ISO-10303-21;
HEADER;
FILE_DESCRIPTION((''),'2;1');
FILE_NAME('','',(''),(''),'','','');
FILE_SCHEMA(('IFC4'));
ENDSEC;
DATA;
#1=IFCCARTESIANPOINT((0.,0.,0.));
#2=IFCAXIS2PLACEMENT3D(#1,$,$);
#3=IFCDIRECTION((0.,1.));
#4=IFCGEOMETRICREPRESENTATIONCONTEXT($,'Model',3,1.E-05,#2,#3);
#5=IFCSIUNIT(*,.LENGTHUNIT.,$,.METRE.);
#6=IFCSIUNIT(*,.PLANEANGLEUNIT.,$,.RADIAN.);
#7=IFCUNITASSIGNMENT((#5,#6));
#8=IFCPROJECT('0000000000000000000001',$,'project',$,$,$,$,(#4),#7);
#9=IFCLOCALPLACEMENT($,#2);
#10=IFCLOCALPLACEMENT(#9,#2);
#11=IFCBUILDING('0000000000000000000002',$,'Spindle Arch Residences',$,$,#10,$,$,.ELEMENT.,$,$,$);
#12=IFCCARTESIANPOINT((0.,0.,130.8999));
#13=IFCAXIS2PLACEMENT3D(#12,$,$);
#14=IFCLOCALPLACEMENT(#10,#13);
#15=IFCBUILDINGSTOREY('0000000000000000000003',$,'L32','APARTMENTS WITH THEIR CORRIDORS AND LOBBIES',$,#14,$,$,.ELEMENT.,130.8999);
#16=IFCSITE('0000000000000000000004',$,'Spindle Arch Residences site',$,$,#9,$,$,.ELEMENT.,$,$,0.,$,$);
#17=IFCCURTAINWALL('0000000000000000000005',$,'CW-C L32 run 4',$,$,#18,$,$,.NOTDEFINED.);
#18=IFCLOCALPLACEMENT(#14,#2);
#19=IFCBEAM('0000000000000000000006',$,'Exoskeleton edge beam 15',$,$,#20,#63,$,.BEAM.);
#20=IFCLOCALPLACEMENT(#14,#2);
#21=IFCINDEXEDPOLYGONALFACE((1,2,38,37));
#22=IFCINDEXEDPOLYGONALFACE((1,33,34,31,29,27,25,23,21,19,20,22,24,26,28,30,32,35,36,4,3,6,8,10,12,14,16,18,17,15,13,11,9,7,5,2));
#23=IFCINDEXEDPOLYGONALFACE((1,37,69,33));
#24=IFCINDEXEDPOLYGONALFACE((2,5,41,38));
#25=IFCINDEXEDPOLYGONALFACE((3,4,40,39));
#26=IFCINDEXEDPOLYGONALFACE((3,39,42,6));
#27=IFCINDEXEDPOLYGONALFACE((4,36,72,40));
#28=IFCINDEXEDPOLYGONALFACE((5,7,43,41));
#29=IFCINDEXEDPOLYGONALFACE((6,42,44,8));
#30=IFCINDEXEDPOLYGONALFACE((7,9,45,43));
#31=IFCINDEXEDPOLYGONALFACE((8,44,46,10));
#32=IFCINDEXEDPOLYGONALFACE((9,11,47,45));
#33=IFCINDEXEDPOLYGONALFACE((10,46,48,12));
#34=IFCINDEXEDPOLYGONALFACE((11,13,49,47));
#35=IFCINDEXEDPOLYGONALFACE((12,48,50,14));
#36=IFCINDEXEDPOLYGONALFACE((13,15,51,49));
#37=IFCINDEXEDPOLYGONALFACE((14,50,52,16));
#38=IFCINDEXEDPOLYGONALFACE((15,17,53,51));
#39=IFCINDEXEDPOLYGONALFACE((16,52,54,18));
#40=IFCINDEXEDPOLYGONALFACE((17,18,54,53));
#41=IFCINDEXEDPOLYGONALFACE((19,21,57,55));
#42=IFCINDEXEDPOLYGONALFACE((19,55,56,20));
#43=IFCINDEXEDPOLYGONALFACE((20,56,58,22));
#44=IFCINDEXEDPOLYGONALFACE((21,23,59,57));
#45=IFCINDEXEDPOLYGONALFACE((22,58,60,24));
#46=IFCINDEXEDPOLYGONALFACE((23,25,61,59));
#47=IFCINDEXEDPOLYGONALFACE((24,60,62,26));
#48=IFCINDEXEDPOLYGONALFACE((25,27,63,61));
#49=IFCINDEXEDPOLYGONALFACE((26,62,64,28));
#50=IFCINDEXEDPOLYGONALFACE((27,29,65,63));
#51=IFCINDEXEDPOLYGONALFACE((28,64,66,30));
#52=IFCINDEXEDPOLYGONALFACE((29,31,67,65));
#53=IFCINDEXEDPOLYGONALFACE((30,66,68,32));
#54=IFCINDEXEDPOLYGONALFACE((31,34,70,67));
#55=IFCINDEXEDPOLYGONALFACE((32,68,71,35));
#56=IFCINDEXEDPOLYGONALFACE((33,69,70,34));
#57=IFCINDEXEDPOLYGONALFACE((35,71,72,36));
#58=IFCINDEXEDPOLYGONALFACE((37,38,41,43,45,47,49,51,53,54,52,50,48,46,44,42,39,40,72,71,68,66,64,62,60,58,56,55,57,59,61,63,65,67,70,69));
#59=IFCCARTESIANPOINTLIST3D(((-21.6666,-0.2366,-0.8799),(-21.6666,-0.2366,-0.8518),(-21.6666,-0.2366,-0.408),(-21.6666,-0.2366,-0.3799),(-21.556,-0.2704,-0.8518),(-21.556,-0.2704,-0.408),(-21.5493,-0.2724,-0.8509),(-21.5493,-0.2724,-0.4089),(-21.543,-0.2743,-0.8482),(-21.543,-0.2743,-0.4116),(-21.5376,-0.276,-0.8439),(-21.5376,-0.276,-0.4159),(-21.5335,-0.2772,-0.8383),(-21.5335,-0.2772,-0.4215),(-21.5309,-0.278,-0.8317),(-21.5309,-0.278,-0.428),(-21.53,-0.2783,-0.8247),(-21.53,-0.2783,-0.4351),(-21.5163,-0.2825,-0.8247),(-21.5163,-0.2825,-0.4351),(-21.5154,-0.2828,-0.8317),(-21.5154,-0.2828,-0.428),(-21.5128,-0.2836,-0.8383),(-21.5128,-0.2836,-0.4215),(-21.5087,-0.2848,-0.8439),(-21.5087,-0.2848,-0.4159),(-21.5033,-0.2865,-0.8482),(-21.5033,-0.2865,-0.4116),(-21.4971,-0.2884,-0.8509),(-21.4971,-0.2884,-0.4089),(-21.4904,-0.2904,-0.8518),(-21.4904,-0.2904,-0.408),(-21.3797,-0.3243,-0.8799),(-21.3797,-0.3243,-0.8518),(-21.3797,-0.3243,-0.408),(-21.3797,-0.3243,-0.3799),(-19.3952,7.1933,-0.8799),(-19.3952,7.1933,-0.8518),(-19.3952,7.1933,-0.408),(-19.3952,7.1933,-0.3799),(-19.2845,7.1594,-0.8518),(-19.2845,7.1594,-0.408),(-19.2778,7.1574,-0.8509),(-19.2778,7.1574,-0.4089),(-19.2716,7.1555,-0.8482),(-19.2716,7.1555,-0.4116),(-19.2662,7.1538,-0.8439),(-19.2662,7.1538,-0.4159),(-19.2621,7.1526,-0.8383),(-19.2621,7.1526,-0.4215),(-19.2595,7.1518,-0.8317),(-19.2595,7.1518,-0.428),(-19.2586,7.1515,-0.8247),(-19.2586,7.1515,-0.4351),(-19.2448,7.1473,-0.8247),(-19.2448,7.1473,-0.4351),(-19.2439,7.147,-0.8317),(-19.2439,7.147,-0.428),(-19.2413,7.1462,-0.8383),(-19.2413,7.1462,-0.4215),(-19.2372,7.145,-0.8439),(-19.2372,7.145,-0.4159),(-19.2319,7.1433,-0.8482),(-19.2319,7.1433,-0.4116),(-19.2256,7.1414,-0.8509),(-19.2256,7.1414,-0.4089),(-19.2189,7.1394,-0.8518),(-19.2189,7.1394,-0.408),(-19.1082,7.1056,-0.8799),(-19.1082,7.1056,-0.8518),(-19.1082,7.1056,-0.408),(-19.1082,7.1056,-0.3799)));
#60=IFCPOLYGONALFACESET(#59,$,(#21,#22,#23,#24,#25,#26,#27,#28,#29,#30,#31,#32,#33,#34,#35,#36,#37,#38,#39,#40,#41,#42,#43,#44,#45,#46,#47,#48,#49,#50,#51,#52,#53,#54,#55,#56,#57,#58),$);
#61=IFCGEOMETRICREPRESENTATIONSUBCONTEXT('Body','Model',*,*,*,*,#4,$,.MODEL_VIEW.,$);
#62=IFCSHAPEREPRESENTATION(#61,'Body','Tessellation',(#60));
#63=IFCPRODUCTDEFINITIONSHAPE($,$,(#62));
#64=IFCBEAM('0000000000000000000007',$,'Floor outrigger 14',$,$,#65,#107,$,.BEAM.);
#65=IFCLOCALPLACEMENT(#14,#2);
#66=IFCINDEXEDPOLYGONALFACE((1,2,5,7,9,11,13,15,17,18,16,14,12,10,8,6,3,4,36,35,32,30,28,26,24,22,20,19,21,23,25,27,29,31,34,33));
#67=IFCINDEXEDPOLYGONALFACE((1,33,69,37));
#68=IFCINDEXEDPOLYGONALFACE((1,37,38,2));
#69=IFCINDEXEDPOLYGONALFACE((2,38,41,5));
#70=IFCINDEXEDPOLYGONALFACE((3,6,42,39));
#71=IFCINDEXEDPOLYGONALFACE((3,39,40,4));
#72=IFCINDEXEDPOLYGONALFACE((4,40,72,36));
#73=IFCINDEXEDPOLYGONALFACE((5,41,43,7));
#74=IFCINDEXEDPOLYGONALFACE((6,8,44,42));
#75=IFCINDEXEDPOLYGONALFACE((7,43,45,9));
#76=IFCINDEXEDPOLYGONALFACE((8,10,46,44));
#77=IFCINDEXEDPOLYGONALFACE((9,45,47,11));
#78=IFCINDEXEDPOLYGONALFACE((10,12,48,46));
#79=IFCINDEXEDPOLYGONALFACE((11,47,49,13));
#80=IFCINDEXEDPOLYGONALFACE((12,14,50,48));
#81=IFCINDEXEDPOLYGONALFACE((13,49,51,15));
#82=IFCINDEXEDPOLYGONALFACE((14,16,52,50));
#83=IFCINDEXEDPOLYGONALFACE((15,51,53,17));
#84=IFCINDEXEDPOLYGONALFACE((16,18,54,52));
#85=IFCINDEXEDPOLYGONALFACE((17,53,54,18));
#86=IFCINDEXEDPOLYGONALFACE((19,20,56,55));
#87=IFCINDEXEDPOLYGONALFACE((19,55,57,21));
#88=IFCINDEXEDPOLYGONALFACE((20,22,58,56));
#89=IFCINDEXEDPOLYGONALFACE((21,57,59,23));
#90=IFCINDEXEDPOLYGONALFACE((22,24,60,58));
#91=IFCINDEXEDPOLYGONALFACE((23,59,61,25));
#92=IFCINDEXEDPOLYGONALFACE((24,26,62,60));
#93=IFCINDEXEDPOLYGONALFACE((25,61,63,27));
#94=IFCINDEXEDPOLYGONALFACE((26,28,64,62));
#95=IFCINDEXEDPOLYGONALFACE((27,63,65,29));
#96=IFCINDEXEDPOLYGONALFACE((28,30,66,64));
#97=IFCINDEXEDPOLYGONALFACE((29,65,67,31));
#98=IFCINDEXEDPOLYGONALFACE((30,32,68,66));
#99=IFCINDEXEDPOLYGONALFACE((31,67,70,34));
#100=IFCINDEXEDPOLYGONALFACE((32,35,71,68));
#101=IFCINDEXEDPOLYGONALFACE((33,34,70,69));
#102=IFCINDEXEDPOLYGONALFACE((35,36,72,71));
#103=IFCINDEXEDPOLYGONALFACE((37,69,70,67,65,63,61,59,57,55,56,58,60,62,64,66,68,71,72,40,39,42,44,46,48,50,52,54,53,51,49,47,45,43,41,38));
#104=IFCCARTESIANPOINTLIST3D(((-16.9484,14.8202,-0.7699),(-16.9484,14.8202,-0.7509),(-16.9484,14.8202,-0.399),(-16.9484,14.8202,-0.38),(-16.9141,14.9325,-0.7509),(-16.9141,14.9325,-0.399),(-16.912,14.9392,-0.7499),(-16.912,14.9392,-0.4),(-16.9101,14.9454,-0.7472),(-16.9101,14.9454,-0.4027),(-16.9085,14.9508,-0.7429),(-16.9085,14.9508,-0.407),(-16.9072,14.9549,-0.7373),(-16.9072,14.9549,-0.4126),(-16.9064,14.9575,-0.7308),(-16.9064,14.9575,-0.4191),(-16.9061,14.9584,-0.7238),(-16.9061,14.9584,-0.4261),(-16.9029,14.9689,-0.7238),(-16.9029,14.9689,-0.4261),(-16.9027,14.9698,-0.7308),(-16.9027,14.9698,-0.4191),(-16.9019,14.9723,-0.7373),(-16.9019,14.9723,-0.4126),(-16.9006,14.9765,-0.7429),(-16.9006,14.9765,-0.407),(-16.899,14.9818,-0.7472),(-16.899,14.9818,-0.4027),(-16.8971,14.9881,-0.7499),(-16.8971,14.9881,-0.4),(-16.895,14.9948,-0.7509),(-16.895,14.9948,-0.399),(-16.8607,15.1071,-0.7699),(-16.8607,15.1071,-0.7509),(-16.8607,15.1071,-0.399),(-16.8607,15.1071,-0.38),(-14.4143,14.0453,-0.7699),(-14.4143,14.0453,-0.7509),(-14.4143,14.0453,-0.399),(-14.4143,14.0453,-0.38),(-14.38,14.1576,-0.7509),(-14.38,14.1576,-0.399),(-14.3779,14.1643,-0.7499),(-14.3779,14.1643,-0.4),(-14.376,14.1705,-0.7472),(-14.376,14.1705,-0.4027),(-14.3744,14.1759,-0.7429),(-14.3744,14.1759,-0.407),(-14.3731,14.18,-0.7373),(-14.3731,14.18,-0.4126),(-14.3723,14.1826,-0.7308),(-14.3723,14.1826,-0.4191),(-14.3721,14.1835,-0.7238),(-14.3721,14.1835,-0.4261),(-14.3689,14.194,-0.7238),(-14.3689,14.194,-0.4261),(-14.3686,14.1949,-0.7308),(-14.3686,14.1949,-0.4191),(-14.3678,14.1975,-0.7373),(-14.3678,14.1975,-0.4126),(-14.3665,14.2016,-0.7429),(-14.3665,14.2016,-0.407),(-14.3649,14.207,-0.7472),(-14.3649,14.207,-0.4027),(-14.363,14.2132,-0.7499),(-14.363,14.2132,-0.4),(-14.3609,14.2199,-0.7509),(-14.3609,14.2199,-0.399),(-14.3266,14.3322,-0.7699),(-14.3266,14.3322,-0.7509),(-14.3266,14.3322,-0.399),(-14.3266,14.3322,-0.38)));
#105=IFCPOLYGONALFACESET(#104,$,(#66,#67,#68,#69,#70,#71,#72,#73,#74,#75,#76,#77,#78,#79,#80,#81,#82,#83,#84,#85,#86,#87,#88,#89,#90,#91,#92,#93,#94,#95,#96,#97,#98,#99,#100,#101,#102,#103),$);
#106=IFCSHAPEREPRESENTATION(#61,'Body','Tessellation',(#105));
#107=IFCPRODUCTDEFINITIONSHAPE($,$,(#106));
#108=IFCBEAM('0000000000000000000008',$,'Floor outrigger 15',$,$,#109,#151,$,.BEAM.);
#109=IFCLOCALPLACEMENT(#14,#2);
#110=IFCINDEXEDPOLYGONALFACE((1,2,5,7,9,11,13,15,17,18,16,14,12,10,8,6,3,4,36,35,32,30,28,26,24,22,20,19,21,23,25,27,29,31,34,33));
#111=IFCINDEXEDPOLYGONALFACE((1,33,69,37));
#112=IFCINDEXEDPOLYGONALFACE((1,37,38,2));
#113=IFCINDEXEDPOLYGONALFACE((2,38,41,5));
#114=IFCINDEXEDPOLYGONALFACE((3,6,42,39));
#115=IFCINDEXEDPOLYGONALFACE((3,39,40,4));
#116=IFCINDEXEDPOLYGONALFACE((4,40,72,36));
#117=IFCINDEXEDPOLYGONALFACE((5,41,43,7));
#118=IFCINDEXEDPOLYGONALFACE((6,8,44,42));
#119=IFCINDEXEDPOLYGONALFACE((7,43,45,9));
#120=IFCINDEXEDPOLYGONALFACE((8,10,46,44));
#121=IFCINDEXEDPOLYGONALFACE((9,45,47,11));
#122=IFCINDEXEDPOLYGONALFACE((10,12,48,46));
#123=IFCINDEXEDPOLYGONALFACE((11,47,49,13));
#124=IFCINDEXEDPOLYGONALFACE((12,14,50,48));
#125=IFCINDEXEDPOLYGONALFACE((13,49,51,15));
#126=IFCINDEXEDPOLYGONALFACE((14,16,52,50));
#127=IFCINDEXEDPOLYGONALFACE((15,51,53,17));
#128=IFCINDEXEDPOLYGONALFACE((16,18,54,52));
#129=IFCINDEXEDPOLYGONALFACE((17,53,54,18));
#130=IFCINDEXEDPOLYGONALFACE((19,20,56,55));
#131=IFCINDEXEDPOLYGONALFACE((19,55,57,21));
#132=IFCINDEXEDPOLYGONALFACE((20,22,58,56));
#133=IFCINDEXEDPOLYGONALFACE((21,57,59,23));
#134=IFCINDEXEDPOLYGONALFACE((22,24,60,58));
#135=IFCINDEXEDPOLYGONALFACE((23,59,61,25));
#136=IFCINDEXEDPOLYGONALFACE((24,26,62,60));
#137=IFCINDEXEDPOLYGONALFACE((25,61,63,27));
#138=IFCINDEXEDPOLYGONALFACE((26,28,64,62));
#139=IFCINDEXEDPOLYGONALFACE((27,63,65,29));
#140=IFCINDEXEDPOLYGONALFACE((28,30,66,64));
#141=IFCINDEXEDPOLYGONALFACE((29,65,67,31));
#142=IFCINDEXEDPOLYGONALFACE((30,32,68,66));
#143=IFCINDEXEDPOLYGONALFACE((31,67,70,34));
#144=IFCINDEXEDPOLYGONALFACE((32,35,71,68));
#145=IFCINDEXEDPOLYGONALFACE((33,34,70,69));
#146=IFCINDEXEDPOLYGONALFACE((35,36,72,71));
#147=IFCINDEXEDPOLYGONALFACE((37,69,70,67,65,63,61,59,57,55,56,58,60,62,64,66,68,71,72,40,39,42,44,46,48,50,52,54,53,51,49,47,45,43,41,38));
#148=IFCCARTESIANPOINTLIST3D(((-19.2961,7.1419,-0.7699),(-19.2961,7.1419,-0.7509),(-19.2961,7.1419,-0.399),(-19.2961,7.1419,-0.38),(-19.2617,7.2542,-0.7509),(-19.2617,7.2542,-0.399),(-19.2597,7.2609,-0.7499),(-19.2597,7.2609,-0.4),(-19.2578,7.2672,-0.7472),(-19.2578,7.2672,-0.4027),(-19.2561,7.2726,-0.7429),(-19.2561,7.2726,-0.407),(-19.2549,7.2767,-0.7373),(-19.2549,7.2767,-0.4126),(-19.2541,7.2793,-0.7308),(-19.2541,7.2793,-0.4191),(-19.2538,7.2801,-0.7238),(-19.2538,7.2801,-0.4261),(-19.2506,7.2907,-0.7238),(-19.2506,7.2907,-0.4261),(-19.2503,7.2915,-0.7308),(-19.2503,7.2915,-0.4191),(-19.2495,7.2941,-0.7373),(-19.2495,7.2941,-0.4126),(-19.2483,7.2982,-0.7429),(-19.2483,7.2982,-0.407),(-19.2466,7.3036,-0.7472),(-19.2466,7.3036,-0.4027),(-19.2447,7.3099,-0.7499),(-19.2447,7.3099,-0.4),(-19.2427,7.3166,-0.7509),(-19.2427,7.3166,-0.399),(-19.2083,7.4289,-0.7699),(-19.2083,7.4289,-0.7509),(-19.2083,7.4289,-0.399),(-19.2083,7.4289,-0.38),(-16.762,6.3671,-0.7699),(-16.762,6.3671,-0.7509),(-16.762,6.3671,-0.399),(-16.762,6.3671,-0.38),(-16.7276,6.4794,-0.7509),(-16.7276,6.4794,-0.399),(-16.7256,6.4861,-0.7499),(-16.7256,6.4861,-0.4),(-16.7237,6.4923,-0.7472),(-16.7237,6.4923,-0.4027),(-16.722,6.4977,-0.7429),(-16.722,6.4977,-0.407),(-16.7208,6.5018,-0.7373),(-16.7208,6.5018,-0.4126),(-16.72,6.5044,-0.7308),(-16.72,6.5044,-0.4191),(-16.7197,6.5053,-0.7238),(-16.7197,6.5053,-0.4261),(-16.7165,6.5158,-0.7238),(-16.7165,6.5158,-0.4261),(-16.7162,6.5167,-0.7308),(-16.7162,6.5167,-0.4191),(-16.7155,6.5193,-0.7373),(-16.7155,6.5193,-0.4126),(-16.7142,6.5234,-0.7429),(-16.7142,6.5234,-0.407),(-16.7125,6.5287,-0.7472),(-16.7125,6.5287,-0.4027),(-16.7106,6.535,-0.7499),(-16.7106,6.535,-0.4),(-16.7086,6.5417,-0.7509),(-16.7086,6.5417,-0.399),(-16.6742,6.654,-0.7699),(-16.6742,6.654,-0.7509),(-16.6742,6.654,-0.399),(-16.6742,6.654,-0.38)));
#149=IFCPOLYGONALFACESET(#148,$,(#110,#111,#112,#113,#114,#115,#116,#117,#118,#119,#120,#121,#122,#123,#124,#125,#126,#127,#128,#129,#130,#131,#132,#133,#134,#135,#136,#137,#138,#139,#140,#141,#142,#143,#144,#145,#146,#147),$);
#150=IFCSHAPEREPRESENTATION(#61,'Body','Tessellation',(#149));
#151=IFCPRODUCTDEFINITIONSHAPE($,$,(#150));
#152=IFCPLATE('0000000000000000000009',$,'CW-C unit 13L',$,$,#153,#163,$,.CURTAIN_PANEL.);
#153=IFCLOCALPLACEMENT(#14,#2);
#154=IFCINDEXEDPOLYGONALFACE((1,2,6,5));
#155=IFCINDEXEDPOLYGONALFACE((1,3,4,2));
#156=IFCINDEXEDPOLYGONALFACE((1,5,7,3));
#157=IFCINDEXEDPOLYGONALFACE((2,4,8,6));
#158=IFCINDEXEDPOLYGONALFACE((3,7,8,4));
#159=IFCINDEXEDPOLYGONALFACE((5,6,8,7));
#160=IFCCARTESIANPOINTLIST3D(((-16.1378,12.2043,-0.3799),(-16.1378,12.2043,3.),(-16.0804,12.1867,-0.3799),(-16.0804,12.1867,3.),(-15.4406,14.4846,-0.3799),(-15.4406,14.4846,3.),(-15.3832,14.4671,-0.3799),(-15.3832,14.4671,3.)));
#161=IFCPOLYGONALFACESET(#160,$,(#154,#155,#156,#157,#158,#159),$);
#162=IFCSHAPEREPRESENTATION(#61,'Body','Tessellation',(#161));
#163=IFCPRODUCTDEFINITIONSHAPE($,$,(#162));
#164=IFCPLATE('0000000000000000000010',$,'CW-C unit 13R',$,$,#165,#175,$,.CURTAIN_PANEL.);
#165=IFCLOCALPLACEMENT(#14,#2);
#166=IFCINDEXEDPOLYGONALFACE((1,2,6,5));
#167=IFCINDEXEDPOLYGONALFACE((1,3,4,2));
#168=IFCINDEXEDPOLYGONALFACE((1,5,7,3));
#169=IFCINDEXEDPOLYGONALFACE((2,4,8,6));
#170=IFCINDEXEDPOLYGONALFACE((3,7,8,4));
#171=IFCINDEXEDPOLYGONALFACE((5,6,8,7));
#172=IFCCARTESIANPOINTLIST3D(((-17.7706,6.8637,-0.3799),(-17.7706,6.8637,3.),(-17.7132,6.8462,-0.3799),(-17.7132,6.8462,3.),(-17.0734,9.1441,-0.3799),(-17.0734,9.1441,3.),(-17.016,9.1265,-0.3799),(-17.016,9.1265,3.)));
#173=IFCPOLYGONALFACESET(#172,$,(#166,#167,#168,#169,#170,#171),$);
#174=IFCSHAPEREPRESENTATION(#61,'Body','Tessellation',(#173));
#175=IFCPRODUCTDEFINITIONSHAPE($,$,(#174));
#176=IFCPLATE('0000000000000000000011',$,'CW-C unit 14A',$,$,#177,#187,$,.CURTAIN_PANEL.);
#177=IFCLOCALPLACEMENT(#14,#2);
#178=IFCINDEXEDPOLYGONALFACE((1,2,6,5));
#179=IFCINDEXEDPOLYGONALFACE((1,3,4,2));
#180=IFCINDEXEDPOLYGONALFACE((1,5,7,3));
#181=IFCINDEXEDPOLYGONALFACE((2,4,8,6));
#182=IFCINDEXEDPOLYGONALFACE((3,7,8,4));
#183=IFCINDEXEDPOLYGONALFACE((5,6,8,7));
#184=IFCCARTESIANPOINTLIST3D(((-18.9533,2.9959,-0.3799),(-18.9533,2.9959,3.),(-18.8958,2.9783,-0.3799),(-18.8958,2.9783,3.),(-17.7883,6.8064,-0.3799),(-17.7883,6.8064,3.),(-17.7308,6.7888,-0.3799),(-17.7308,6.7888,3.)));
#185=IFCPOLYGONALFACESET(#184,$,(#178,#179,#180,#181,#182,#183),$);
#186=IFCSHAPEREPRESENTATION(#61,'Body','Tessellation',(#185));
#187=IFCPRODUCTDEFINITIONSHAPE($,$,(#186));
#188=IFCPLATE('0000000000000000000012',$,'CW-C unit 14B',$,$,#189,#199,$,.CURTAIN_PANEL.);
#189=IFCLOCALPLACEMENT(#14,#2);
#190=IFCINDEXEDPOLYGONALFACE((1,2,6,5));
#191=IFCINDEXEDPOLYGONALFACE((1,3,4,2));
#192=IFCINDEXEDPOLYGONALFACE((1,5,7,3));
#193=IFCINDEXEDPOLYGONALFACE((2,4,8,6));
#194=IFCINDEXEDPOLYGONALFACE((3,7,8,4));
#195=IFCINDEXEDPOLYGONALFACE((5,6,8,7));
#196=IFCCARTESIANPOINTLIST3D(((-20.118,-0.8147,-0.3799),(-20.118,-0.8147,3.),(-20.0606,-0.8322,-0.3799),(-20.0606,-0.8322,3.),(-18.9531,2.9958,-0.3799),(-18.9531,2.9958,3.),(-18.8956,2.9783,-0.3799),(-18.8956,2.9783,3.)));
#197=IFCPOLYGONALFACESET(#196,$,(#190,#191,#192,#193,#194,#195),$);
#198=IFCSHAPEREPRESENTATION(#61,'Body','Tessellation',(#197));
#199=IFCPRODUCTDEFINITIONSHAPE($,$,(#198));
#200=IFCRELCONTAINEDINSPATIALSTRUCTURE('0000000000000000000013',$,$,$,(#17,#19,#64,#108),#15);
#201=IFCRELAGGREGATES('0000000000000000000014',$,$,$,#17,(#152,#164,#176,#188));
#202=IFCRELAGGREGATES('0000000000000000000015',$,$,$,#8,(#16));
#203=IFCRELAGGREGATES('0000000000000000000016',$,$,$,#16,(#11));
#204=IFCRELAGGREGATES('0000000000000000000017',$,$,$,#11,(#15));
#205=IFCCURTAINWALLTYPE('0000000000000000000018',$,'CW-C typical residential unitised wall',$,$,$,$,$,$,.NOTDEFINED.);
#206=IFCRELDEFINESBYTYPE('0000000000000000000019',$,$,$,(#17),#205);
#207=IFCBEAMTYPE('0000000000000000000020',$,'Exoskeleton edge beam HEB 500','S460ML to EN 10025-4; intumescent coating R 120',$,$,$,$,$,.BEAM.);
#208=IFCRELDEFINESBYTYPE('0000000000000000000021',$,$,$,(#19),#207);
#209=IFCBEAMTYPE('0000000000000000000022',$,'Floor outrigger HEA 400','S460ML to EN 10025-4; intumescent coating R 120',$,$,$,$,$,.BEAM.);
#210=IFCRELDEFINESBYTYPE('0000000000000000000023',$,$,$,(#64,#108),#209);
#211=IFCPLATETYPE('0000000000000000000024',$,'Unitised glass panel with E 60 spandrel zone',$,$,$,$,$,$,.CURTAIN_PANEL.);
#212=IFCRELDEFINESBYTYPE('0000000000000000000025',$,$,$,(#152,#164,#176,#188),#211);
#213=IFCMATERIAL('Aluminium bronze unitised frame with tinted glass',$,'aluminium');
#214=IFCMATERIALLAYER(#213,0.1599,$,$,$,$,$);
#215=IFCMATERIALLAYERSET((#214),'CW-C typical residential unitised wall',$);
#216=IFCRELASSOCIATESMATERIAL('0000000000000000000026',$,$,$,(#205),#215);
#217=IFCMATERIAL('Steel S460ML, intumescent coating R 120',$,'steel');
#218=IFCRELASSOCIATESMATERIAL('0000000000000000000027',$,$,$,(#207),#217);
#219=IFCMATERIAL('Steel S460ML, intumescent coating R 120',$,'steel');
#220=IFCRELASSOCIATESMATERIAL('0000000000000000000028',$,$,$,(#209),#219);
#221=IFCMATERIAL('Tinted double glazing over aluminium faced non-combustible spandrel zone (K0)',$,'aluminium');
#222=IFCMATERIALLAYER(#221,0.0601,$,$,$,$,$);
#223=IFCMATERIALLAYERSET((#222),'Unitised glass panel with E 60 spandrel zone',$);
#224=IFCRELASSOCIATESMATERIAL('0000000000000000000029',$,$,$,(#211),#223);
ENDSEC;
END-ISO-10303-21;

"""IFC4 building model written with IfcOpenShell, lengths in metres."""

from ifc_helpers import new_model, si_unit, direction, frame, origin, origin_2d, place, context, subcontext, project, spatial, rectangle, i_section, extrude, material, layer, layer_set, material_profile, profile_set, type_object, element, aggregate, save


model = new_model("IFC4")

# Units and contexts
model_context = context("Model", 3, precision=1e-05, world=origin(), true_north=direction((0.0, 1.0)))
body_context = subcontext(model_context, "Body", "Model", "MODEL_VIEW")
ifc_project = project(units=[si_unit("LENGTHUNIT", "METRE"), si_unit("PLANEANGLEUNIT", "RADIAN")], contexts=[model_context])

# Site, building, storey
site_placement = place(None, origin())
site = spatial("IfcSite", under=ifc_project, at=site_placement, Name="Spindle Arch Residences site", CompositionType="ELEMENT", RefElevation=0.0)
building_placement = place(site_placement, origin())
building = spatial("IfcBuilding", under=site, at=building_placement, Name="Spindle Arch Residences", CompositionType="ELEMENT")
storey_placement = place(building_placement, frame((0.0, 0.0, 130.8999)))
storey = spatial("IfcBuildingStorey", under=building, at=storey_placement, Name="L32", Description="APARTMENTS WITH THEIR CORRIDORS AND LOBBIES", CompositionType="ELEMENT", Elevation=130.8999)

# Curtain wall
ifc_material_1 = material(Name="Aluminium bronze unitised frame with tinted glass", Category="aluminium")
ifc_layer_1 = layer(ifc_material_1, 0.1599)
ifc_layer_set_1 = layer_set([ifc_layer_1], Name="CW-C typical residential unitised wall")
curtain_wall_type = type_object("IfcCurtainWallType", Name="CW-C typical residential unitised wall", PredefinedType="NOTDEFINED", material=ifc_layer_set_1)
curtain_wall_placement = place(storey_placement, origin())
curtain_wall = element("IfcCurtainWall", 1, at=curtain_wall_placement, inside=storey, type_object=curtain_wall_type, Name="CW-C L32 run 4", PredefinedType="NOTDEFINED")

# Beams
ifc_material_2 = material(Name="Steel S460ML, intumescent coating R 120", Category="steel")
ifc_material_profile_1 = material_profile(ifc_material_2, i_section(OverallWidth=0.3, OverallDepth=0.5, WebThickness=0.0144, FlangeThickness=0.0281, FilletRadius=0.0271, at=origin_2d()), Name="HEB 500")
ifc_profile_set_1 = profile_set([ifc_material_profile_1], Name="Steel S460ML, intumescent coating R 120")
beam_type_1 = type_object("IfcBeamType", Name="Exoskeleton edge beam HEB 500", Description="S460ML to EN 10025-4; intumescent coating R 120", PredefinedType="BEAM", material=ifc_profile_set_1)
beam_1_placement = place(storey_placement, frame((-19.2517, 7.1494, -0.6299), z_axis=(-0.292363, -0.956307, 0.0), x_axis=(0.956307, -0.292363, 0.0)))
element("IfcBeam", 2, at=beam_1_placement, inside=storey, type_object=beam_type_1, Name="Exoskeleton edge beam 15", PredefinedType="BEAM", context=body_context, shape_type="SweptSolid", body=[
    extrude(i_section(OverallWidth=0.3, OverallDepth=0.5, WebThickness=0.0144, FlangeThickness=0.0281, FilletRadius=0.0271, at=origin_2d()), origin(), (0.0, 0.0, 1.0), 7.7693),
])
ifc_material_3 = material(Name="Steel S460ML, intumescent coating R 120", Category="steel")
ifc_material_profile_2 = material_profile(ifc_material_3, i_section(OverallWidth=0.3, OverallDepth=0.3899, WebThickness=0.011, FlangeThickness=0.019, FilletRadius=0.0271, at=origin_2d()), Name="HEA 400")
ifc_profile_set_2 = profile_set([ifc_material_profile_2], Name="Steel S460ML, intumescent coating R 120")
beam_type_2 = type_object("IfcBeamType", Name="Floor outrigger HEA 400", Description="S460ML to EN 10025-4; intumescent coating R 120", PredefinedType="BEAM", material=ifc_profile_set_2)
for number, where, z_axis, x_axis, name in (
    (3, (-16.9045, 14.9636, -0.575), (0.956291, -0.292415, 0.0), (0.292415, 0.956291, 0.0), "Floor outrigger 14"),
    (4, (-19.2522, 7.2854, -0.575), (0.956291, -0.292415, 0.0), (0.292415, 0.956291, 0.0), "Floor outrigger 15"),
):
    element("IfcBeam", number, at=place(storey_placement, frame(where, z_axis=z_axis, x_axis=x_axis)), inside=storey, type_object=beam_type_2, Name=name, PredefinedType="BEAM", context=body_context, shape_type="SweptSolid", body=[
        extrude(i_section(OverallWidth=0.3, OverallDepth=0.3899, WebThickness=0.011, FlangeThickness=0.019, FilletRadius=0.0271, at=origin_2d()), origin(), (0.0, 0.0, 1.0), 2.6499),
    ])

# Plates
ifc_material_4 = material(Name="Tinted double glazing over aluminium faced non-combustible spandrel zone (K0)", Category="aluminium")
ifc_layer_2 = layer(ifc_material_4, 0.0601)
ifc_layer_set_2 = layer_set([ifc_layer_2], Name="Unitised glass panel with E 60 spandrel zone")
plate_type = type_object("IfcPlateType", Name="Unitised glass panel with E 60 spandrel zone", PredefinedType="CURTAIN_PANEL", material=ifc_layer_set_2)
plate_1_placement = place(storey_placement, frame((-15.7605, 13.3357, -0.3799), z_axis=(0.0, 0.0, 1.0), x_axis=(-0.292372, -0.956305, 0.0)))
plate_1 = element("IfcPlate", 5, at=plate_1_placement, type_object=plate_type, Name="CW-C unit 13L", PredefinedType="CURTAIN_PANEL", context=body_context, shape_type="SweptSolid", body=[
    extrude(rectangle(XDim=2.3845, YDim=0.0601, at=origin_2d()), origin(), (0.0, 0.0, 1.0), 3.3799),
])
plate_2_placement = place(storey_placement, frame((-17.3933, 7.9951, -0.3799), z_axis=(0.0, 0.0, 1.0), x_axis=(-0.292372, -0.956305, 0.0)))
plate_2 = element("IfcPlate", 6, at=plate_2_placement, type_object=plate_type, Name="CW-C unit 13R", PredefinedType="CURTAIN_PANEL", context=body_context, shape_type="SweptSolid", body=[
    extrude(rectangle(XDim=2.3845, YDim=0.0601, at=origin_2d()), origin(), (0.0, 0.0, 1.0), 3.3799),
])
plate_3_placement = place(storey_placement, frame((-18.342, 4.8923, -0.3799), z_axis=(0.0, 0.0, 1.0), x_axis=(-0.292372, -0.956305, 0.0)))
plate_3 = element("IfcPlate", 7, at=plate_3_placement, type_object=plate_type, Name="CW-C unit 14A", PredefinedType="CURTAIN_PANEL", context=body_context, shape_type="SweptSolid", body=[
    extrude(rectangle(XDim=3.9846, YDim=0.0601, at=origin_2d()), origin(), (0.0, 0.0, 1.0), 3.3799),
])
plate_4_placement = place(storey_placement, frame((-19.5068, 1.0818, -0.3799), z_axis=(0.0, 0.0, 1.0), x_axis=(-0.292372, -0.956305, 0.0)))
plate_4 = element("IfcPlate", 8, at=plate_4_placement, type_object=plate_type, Name="CW-C unit 14B", PredefinedType="CURTAIN_PANEL", context=body_context, shape_type="SweptSolid", body=[
    extrude(rectangle(XDim=3.9846, YDim=0.0601, at=origin_2d()), origin(), (0.0, 0.0, 1.0), 3.3799),
])
aggregate(curtain_wall, [plate_1, plate_2, plate_3, plate_4])

save(model, "model.ifc")
